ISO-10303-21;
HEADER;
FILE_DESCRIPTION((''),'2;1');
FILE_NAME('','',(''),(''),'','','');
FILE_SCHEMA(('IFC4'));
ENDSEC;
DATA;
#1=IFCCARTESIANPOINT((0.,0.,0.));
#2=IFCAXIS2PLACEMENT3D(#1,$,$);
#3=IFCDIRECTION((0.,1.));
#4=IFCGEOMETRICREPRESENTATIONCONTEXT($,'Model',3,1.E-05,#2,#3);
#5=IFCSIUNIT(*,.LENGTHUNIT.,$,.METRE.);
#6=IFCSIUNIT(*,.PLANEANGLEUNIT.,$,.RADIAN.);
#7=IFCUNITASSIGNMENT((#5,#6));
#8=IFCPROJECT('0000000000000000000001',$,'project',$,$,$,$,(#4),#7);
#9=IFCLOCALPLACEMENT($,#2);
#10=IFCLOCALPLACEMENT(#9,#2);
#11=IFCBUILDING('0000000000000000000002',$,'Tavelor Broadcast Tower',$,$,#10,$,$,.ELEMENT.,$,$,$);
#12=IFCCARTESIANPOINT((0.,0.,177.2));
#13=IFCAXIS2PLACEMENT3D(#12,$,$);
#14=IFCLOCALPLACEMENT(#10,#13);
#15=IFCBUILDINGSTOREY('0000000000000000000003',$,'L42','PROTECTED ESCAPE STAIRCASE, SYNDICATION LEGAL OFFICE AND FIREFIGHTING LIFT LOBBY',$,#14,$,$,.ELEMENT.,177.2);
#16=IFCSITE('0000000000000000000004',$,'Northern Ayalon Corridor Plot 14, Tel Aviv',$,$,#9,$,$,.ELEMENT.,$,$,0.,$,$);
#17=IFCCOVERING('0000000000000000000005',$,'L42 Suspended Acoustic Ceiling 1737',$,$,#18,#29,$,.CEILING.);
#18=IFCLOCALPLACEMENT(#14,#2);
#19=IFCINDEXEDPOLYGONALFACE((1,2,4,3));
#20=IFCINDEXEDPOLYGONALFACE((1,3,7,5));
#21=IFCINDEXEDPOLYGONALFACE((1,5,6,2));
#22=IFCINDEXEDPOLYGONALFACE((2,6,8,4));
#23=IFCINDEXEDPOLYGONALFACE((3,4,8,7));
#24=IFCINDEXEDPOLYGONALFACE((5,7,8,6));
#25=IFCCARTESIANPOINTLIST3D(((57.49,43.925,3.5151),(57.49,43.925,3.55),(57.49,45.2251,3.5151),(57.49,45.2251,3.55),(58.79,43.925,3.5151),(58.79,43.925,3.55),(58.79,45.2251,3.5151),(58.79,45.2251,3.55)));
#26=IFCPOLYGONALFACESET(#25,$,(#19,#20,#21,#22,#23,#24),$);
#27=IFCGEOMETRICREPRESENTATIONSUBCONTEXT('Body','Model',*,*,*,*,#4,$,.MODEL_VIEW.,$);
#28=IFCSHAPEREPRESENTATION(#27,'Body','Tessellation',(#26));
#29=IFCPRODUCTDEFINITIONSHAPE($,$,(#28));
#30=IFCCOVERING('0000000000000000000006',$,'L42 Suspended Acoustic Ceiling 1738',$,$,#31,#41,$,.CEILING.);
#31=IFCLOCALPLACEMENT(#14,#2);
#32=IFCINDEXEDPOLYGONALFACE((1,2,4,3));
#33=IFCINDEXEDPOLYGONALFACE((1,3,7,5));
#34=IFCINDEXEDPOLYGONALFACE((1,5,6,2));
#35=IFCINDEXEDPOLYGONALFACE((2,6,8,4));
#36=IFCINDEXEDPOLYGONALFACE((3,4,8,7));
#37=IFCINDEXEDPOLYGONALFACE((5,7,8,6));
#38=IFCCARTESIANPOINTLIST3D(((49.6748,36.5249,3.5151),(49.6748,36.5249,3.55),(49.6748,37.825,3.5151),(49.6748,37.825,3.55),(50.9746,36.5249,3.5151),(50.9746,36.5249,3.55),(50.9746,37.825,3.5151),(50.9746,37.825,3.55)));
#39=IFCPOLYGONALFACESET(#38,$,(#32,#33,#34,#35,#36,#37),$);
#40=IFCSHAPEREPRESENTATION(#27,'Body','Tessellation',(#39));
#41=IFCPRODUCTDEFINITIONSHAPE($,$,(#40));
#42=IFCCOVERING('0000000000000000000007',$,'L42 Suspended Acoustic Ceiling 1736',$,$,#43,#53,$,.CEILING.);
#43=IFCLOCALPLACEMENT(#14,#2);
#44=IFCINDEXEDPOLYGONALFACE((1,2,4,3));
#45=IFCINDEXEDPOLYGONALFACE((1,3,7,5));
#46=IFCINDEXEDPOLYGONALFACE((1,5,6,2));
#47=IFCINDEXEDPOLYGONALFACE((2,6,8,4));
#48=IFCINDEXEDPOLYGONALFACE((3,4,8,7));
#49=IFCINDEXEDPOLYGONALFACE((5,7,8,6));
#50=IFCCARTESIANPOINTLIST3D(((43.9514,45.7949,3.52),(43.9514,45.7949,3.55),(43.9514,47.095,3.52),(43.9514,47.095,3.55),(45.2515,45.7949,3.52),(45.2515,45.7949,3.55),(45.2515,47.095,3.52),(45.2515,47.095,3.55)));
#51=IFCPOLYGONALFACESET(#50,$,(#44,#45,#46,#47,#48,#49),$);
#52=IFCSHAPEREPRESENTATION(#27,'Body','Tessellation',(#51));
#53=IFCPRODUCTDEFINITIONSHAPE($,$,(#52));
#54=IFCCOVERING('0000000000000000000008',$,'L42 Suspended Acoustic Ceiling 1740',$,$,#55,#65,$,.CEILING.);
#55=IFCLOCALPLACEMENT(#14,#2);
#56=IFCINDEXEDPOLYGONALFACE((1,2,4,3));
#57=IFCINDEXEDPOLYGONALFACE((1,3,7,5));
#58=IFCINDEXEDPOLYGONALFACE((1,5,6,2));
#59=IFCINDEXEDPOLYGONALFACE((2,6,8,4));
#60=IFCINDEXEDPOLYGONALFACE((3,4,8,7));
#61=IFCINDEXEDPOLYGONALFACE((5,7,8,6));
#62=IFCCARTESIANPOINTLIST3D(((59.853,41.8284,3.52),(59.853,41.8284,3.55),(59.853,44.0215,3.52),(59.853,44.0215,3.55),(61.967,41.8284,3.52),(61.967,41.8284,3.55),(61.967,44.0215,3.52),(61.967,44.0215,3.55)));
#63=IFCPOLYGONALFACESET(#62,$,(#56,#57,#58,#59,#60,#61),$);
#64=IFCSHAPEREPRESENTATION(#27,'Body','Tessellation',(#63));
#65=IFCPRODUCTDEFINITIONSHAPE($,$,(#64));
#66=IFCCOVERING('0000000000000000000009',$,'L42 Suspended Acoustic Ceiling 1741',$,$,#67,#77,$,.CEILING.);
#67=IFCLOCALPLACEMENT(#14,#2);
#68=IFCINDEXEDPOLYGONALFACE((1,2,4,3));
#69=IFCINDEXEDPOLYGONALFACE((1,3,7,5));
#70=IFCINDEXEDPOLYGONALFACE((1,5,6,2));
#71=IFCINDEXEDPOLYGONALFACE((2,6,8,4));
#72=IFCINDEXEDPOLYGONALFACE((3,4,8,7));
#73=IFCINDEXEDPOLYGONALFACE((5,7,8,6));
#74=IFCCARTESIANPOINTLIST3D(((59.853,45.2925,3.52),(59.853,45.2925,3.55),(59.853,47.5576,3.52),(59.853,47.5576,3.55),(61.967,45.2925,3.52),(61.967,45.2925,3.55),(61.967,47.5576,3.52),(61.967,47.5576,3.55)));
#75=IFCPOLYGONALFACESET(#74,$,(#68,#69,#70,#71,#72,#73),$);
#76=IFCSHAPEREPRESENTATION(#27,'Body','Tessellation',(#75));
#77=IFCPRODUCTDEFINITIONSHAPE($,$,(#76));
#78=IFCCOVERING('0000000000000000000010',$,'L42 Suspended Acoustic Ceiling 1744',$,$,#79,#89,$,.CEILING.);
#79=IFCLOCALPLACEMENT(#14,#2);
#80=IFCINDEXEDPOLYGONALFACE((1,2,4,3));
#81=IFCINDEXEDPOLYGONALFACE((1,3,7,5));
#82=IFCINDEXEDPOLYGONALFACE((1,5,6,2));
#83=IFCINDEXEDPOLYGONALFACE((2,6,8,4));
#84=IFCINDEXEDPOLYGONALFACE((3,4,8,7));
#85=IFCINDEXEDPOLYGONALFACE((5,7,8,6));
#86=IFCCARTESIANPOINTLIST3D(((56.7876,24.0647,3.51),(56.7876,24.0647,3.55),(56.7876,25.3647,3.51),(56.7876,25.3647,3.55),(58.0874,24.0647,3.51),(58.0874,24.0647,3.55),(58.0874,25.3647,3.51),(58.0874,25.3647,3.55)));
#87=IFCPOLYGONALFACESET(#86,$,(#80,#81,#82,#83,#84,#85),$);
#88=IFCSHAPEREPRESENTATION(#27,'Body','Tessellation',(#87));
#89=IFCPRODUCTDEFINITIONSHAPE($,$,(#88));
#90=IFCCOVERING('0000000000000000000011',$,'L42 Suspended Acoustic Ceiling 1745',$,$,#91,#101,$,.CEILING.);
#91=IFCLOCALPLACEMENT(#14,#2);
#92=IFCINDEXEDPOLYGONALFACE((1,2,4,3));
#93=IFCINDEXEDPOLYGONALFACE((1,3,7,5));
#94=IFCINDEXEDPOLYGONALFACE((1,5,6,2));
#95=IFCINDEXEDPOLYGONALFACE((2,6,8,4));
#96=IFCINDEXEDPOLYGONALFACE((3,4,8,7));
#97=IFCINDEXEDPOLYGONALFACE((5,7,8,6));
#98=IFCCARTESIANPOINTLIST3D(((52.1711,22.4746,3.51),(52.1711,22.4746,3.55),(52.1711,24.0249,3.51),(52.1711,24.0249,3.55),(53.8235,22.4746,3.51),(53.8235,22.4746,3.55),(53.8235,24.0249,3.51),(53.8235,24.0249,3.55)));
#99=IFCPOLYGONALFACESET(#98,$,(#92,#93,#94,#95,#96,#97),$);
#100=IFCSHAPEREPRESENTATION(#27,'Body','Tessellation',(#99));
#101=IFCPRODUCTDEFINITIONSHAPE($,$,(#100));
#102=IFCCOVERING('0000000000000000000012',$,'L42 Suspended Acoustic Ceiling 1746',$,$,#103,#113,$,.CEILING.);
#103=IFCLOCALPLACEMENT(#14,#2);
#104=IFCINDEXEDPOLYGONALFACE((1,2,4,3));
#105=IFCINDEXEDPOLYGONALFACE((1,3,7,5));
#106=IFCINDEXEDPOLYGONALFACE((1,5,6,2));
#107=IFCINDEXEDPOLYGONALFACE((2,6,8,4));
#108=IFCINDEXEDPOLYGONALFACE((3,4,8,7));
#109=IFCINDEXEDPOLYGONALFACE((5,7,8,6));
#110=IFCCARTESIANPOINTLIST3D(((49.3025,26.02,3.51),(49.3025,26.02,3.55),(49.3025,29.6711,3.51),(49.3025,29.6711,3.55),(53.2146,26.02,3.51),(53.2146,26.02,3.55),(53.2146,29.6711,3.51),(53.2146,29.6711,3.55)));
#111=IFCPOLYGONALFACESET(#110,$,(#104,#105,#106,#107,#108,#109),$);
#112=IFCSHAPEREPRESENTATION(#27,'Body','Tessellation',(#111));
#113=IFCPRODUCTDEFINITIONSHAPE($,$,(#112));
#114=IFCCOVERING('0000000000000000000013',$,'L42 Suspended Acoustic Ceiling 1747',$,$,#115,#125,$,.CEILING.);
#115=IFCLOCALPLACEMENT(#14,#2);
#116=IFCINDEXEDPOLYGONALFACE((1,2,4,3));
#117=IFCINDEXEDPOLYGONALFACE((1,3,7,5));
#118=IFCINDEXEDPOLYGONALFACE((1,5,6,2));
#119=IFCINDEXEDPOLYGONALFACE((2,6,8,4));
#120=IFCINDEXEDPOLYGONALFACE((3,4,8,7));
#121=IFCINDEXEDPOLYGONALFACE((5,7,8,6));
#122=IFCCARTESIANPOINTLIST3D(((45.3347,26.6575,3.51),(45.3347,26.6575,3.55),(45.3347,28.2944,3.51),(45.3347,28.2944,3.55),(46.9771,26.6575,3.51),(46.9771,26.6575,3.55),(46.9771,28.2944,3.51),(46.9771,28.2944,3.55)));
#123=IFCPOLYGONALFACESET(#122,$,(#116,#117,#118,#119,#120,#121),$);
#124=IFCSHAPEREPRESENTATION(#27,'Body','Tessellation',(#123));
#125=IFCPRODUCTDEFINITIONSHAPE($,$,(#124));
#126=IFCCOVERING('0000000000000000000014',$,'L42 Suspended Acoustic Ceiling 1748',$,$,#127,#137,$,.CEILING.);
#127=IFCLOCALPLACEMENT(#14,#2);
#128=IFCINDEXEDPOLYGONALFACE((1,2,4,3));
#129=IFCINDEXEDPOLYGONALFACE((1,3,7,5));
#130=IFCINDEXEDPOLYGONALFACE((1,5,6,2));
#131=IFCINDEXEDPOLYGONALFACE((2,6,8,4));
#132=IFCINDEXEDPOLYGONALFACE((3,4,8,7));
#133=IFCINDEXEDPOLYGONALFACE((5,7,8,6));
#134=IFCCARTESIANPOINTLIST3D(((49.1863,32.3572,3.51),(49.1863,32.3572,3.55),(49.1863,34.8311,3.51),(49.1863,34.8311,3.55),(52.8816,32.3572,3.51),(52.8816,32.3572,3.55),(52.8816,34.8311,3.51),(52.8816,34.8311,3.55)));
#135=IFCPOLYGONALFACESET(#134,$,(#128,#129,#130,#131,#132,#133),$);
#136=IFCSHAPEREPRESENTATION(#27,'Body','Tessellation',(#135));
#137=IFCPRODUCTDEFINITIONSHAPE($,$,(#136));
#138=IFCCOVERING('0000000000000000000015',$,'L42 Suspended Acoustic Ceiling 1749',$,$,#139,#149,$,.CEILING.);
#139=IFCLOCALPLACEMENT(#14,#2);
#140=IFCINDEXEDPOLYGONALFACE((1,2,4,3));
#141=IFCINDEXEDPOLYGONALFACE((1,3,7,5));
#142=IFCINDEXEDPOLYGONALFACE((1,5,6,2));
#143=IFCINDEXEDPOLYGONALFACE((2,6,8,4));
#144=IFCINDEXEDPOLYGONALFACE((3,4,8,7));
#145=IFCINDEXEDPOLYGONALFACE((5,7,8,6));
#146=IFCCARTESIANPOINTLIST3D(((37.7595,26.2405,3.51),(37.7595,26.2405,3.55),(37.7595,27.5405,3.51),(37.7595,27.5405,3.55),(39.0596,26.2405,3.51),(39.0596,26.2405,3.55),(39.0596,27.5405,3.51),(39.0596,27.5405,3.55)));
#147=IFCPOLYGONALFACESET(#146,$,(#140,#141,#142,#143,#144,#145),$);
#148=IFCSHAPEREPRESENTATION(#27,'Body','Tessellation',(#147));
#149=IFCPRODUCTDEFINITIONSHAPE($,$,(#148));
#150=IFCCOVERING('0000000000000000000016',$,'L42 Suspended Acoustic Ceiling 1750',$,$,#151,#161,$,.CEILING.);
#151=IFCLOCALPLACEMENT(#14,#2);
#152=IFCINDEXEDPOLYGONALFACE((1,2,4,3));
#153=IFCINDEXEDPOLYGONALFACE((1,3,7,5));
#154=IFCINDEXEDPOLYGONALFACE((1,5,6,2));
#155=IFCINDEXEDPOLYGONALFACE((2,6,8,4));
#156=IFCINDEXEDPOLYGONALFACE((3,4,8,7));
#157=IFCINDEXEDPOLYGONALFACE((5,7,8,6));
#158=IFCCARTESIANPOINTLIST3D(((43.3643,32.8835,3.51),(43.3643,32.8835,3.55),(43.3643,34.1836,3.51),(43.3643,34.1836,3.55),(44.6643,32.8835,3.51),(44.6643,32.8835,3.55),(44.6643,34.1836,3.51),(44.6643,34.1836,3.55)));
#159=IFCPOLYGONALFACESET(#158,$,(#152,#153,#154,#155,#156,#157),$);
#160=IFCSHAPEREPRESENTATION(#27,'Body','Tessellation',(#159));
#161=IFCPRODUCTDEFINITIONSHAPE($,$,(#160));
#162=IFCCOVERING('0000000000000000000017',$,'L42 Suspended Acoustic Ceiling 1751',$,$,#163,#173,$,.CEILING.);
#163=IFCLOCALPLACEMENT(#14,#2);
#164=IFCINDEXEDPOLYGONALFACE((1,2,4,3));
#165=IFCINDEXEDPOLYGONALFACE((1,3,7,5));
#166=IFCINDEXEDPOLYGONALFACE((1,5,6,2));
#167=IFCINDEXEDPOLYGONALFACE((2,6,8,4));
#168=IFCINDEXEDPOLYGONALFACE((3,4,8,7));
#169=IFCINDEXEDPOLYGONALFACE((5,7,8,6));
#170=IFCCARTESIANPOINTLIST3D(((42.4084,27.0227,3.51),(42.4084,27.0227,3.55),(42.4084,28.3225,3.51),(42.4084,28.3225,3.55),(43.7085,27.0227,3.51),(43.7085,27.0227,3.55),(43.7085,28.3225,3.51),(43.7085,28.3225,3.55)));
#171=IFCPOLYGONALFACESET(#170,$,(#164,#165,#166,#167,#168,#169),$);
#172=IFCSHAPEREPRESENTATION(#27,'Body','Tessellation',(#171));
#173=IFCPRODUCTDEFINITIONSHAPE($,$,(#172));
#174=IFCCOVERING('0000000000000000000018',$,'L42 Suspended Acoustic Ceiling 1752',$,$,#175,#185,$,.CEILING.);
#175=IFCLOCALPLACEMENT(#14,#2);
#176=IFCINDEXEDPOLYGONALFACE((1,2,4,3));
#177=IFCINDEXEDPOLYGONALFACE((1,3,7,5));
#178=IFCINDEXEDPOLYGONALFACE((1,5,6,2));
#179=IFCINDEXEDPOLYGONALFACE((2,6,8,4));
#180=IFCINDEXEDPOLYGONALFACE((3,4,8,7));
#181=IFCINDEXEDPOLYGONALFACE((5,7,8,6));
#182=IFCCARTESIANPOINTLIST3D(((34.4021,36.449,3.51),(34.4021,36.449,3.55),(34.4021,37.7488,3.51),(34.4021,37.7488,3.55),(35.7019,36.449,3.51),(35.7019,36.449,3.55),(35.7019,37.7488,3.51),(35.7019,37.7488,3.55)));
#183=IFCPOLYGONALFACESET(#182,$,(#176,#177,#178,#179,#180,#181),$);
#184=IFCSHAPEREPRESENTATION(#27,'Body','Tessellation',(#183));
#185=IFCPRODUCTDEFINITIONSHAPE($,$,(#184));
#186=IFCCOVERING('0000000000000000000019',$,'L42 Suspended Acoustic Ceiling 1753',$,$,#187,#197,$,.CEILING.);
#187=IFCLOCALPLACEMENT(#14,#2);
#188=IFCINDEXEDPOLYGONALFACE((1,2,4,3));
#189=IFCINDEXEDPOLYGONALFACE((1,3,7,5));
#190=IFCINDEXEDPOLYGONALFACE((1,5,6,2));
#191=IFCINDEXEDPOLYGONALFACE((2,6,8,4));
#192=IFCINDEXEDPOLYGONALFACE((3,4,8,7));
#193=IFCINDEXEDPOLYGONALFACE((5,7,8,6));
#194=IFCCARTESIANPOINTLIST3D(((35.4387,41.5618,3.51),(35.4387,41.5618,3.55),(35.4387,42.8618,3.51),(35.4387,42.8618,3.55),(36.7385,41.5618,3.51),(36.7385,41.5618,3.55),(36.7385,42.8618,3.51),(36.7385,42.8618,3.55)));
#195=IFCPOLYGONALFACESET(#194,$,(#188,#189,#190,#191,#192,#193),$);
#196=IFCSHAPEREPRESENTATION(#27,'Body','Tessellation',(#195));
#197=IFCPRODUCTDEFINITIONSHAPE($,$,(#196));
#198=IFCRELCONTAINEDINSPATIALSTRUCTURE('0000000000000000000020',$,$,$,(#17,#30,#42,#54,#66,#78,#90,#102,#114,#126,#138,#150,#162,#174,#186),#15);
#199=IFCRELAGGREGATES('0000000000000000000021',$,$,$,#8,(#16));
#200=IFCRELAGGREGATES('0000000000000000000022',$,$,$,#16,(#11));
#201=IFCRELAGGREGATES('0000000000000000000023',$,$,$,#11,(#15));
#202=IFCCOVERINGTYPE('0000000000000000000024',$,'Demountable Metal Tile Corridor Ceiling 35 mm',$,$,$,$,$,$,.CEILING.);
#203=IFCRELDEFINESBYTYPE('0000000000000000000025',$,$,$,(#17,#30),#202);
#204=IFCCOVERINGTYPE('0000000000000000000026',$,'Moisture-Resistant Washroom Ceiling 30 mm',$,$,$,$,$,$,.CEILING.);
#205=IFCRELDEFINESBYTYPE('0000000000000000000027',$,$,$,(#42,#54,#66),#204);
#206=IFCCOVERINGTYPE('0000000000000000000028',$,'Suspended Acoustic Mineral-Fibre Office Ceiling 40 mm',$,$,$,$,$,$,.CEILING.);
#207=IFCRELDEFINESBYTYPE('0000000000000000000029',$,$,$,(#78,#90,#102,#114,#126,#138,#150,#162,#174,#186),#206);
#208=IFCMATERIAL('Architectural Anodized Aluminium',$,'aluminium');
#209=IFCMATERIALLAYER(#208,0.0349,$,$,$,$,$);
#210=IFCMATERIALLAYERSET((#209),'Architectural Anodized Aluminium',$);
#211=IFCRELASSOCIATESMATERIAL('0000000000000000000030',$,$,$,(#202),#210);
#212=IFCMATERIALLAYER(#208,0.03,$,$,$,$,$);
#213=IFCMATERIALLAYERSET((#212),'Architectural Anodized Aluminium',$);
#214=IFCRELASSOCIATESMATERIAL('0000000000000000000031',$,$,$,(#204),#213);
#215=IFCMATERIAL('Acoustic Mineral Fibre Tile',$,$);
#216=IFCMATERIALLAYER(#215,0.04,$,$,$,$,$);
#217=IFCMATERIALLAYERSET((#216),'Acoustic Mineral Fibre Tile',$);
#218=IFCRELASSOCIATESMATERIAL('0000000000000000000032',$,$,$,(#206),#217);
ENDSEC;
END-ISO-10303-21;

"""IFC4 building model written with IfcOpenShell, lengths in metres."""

from ifc_helpers import new_model, si_unit, direction, frame, origin, place, context, subcontext, project, spatial, polyline, outline, extrude, material, layer, layer_set, type_object, element, save


model = new_model("IFC4")

# Units and contexts
model_context = context("Model", 3, precision=1e-05, world=origin(), true_north=direction((0.0, 1.0)))
body_context = subcontext(model_context, "Body", "Model", "MODEL_VIEW")
ifc_project = project(units=[si_unit("LENGTHUNIT", "METRE"), si_unit("PLANEANGLEUNIT", "RADIAN")], contexts=[model_context])

# Site, building, storey
site_placement = place(None, origin())
site = spatial("IfcSite", under=ifc_project, at=site_placement, Name="Northern Ayalon Corridor Plot 14, Tel Aviv", CompositionType="ELEMENT", RefElevation=0.0)
building_placement = place(site_placement, origin())
building = spatial("IfcBuilding", under=site, at=building_placement, Name="Tavelor Broadcast Tower", CompositionType="ELEMENT")
storey_placement = place(building_placement, frame((0.0, 0.0, 177.2)))
storey = spatial("IfcBuildingStorey", under=building, at=storey_placement, Name="L42", Description="PROTECTED ESCAPE STAIRCASE, SYNDICATION LEGAL OFFICE AND FIREFIGHTING LIFT LOBBY", CompositionType="ELEMENT", Elevation=177.2)

# Coverings
ifc_material_1 = material(Name="Architectural Anodized Aluminium", Category="aluminium")
ifc_layer_1 = layer(ifc_material_1, 0.0349)
ifc_layer_set_1 = layer_set([ifc_layer_1], Name="Architectural Anodized Aluminium")
covering_type_1 = type_object("IfcCoveringType", Name="Demountable Metal Tile Corridor Ceiling 35 mm", PredefinedType="CEILING", material=ifc_layer_set_1)
covering_1_placement = place(storey_placement, frame((0.0, 0.0, 3.5151)))
element("IfcCovering", 1, at=covering_1_placement, inside=storey, type_object=covering_type_1, Name="L42 Suspended Acoustic Ceiling 1737", PredefinedType="CEILING", context=body_context, shape_type="SweptSolid", body=[
    extrude(outline(polyline([(57.49, 43.925), (58.79, 43.925), (58.79, 45.2251), (57.49, 45.2251), (57.49, 43.925)])), origin(), (0.0, 0.0, 1.0), 0.0349),
])
covering_2_placement = place(storey_placement, frame((0.0, 0.0, 3.5151)))
element("IfcCovering", 2, at=covering_2_placement, inside=storey, type_object=covering_type_1, Name="L42 Suspended Acoustic Ceiling 1738", PredefinedType="CEILING", context=body_context, shape_type="SweptSolid", body=[
    extrude(outline(polyline([(49.6748, 36.5249), (50.9746, 36.5249), (50.9746, 37.825), (49.6748, 37.825), (49.6748, 36.5249)])), origin(), (0.0, 0.0, 1.0), 0.0349),
])
ifc_layer_2 = layer(ifc_material_1, 0.03)
ifc_layer_set_2 = layer_set([ifc_layer_2], Name="Architectural Anodized Aluminium")
covering_type_2 = type_object("IfcCoveringType", Name="Moisture-Resistant Washroom Ceiling 30 mm", PredefinedType="CEILING", material=ifc_layer_set_2)
covering_3_placement = place(storey_placement, frame((0.0, 0.0, 3.52)))
element("IfcCovering", 3, at=covering_3_placement, inside=storey, type_object=covering_type_2, Name="L42 Suspended Acoustic Ceiling 1736", PredefinedType="CEILING", context=body_context, shape_type="SweptSolid", body=[
    extrude(outline(polyline([(43.9514, 45.7949), (45.2515, 45.7949), (45.2515, 47.095), (43.9514, 47.095), (43.9514, 45.7949)])), origin(), (0.0, 0.0, 1.0), 0.03),
])
covering_4_placement = place(storey_placement, frame((0.0, 0.0, 3.52)))
element("IfcCovering", 4, at=covering_4_placement, inside=storey, type_object=covering_type_2, Name="L42 Suspended Acoustic Ceiling 1740", PredefinedType="CEILING", context=body_context, shape_type="SweptSolid", body=[
    extrude(outline(polyline([(59.853, 41.8284), (61.967, 41.8284), (61.967, 44.0215), (59.853, 44.0215), (59.853, 41.8284)])), origin(), (0.0, 0.0, 1.0), 0.03),
])
covering_5_placement = place(storey_placement, frame((0.0, 0.0, 3.52)))
element("IfcCovering", 5, at=covering_5_placement, inside=storey, type_object=covering_type_2, Name="L42 Suspended Acoustic Ceiling 1741", PredefinedType="CEILING", context=body_context, shape_type="SweptSolid", body=[
    extrude(outline(polyline([(59.853, 45.2925), (61.967, 45.2925), (61.967, 47.5576), (59.853, 47.5576), (59.853, 45.2925)])), origin(), (0.0, 0.0, 1.0), 0.03),
])
ifc_material_2 = material(Name="Acoustic Mineral Fibre Tile")
ifc_layer_3 = layer(ifc_material_2, 0.04)
ifc_layer_set_3 = layer_set([ifc_layer_3], Name="Acoustic Mineral Fibre Tile")
covering_type_3 = type_object("IfcCoveringType", Name="Suspended Acoustic Mineral-Fibre Office Ceiling 40 mm", PredefinedType="CEILING", material=ifc_layer_set_3)
covering_6_placement = place(storey_placement, frame((0.0, 0.0, 3.51)))
element("IfcCovering", 6, at=covering_6_placement, inside=storey, type_object=covering_type_3, Name="L42 Suspended Acoustic Ceiling 1744", PredefinedType="CEILING", context=body_context, shape_type="SweptSolid", body=[
    extrude(outline(polyline([(56.7876, 24.0647), (58.0874, 24.0647), (58.0874, 25.3647), (56.7876, 25.3647), (56.7876, 24.0647)])), origin(), (0.0, 0.0, 1.0), 0.04),
])
covering_7_placement = place(storey_placement, frame((0.0, 0.0, 3.51)))
element("IfcCovering", 7, at=covering_7_placement, inside=storey, type_object=covering_type_3, Name="L42 Suspended Acoustic Ceiling 1745", PredefinedType="CEILING", context=body_context, shape_type="SweptSolid", body=[
    extrude(outline(polyline([(52.1711, 22.4746), (53.8235, 22.4746), (53.8235, 24.0249), (52.1711, 24.0249), (52.1711, 22.4746)])), origin(), (0.0, 0.0, 1.0), 0.04),
])
covering_8_placement = place(storey_placement, frame((0.0, 0.0, 3.51)))
element("IfcCovering", 8, at=covering_8_placement, inside=storey, type_object=covering_type_3, Name="L42 Suspended Acoustic Ceiling 1746", PredefinedType="CEILING", context=body_context, shape_type="SweptSolid", body=[
    extrude(outline(polyline([(49.3025, 26.02), (53.2146, 26.02), (53.2146, 29.6711), (49.3025, 29.6711), (49.3025, 26.02)])), origin(), (0.0, 0.0, 1.0), 0.04),
])
covering_9_placement = place(storey_placement, frame((0.0, 0.0, 3.51)))
element("IfcCovering", 9, at=covering_9_placement, inside=storey, type_object=covering_type_3, Name="L42 Suspended Acoustic Ceiling 1747", PredefinedType="CEILING", context=body_context, shape_type="SweptSolid", body=[
    extrude(outline(polyline([(45.3347, 26.6575), (46.9771, 26.6575), (46.9771, 28.2944), (45.3347, 28.2944), (45.3347, 26.6575)])), origin(), (0.0, 0.0, 1.0), 0.04),
])
covering_10_placement = place(storey_placement, frame((0.0, 0.0, 3.51)))
element("IfcCovering", 10, at=covering_10_placement, inside=storey, type_object=covering_type_3, Name="L42 Suspended Acoustic Ceiling 1748", PredefinedType="CEILING", context=body_context, shape_type="SweptSolid", body=[
    extrude(outline(polyline([(49.1863, 32.3572), (52.8816, 32.3572), (52.8816, 34.8311), (49.1863, 34.8311), (49.1863, 32.3572)])), origin(), (0.0, 0.0, 1.0), 0.04),
])
covering_11_placement = place(storey_placement, frame((0.0, 0.0, 3.51)))
element("IfcCovering", 11, at=covering_11_placement, inside=storey, type_object=covering_type_3, Name="L42 Suspended Acoustic Ceiling 1749", PredefinedType="CEILING", context=body_context, shape_type="SweptSolid", body=[
    extrude(outline(polyline([(37.7595, 26.2405), (39.0596, 26.2405), (39.0596, 27.5405), (37.7595, 27.5405), (37.7595, 26.2405)])), origin(), (0.0, 0.0, 1.0), 0.04),
])
covering_12_placement = place(storey_placement, frame((0.0, 0.0, 3.51)))
element("IfcCovering", 12, at=covering_12_placement, inside=storey, type_object=covering_type_3, Name="L42 Suspended Acoustic Ceiling 1750", PredefinedType="CEILING", context=body_context, shape_type="SweptSolid", body=[
    extrude(outline(polyline([(43.3643, 32.8835), (44.6643, 32.8835), (44.6643, 34.1836), (43.3643, 34.1836), (43.3643, 32.8835)])), origin(), (0.0, 0.0, 1.0), 0.04),
])
covering_13_placement = place(storey_placement, frame((0.0, 0.0, 3.51)))
element("IfcCovering", 13, at=covering_13_placement, inside=storey, type_object=covering_type_3, Name="L42 Suspended Acoustic Ceiling 1751", PredefinedType="CEILING", context=body_context, shape_type="SweptSolid", body=[
    extrude(outline(polyline([(42.4084, 27.0227), (43.7085, 27.0227), (43.7085, 28.3225), (42.4084, 28.3225), (42.4084, 27.0227)])), origin(), (0.0, 0.0, 1.0), 0.04),
])
covering_14_placement = place(storey_placement, frame((0.0, 0.0, 3.51)))
element("IfcCovering", 14, at=covering_14_placement, inside=storey, type_object=covering_type_3, Name="L42 Suspended Acoustic Ceiling 1752", PredefinedType="CEILING", context=body_context, shape_type="SweptSolid", body=[
    extrude(outline(polyline([(34.4021, 36.449), (35.7019, 36.449), (35.7019, 37.7488), (34.4021, 37.7488), (34.4021, 36.449)])), origin(), (0.0, 0.0, 1.0), 0.04),
])
covering_15_placement = place(storey_placement, frame((0.0, 0.0, 3.51)))
element("IfcCovering", 15, at=covering_15_placement, inside=storey, type_object=covering_type_3, Name="L42 Suspended Acoustic Ceiling 1753", PredefinedType="CEILING", context=body_context, shape_type="SweptSolid", body=[
    extrude(outline(polyline([(35.4387, 41.5618), (36.7385, 41.5618), (36.7385, 42.8618), (35.4387, 42.8618), (35.4387, 41.5618)])), origin(), (0.0, 0.0, 1.0), 0.04),
])

save(model, "model.ifc")
